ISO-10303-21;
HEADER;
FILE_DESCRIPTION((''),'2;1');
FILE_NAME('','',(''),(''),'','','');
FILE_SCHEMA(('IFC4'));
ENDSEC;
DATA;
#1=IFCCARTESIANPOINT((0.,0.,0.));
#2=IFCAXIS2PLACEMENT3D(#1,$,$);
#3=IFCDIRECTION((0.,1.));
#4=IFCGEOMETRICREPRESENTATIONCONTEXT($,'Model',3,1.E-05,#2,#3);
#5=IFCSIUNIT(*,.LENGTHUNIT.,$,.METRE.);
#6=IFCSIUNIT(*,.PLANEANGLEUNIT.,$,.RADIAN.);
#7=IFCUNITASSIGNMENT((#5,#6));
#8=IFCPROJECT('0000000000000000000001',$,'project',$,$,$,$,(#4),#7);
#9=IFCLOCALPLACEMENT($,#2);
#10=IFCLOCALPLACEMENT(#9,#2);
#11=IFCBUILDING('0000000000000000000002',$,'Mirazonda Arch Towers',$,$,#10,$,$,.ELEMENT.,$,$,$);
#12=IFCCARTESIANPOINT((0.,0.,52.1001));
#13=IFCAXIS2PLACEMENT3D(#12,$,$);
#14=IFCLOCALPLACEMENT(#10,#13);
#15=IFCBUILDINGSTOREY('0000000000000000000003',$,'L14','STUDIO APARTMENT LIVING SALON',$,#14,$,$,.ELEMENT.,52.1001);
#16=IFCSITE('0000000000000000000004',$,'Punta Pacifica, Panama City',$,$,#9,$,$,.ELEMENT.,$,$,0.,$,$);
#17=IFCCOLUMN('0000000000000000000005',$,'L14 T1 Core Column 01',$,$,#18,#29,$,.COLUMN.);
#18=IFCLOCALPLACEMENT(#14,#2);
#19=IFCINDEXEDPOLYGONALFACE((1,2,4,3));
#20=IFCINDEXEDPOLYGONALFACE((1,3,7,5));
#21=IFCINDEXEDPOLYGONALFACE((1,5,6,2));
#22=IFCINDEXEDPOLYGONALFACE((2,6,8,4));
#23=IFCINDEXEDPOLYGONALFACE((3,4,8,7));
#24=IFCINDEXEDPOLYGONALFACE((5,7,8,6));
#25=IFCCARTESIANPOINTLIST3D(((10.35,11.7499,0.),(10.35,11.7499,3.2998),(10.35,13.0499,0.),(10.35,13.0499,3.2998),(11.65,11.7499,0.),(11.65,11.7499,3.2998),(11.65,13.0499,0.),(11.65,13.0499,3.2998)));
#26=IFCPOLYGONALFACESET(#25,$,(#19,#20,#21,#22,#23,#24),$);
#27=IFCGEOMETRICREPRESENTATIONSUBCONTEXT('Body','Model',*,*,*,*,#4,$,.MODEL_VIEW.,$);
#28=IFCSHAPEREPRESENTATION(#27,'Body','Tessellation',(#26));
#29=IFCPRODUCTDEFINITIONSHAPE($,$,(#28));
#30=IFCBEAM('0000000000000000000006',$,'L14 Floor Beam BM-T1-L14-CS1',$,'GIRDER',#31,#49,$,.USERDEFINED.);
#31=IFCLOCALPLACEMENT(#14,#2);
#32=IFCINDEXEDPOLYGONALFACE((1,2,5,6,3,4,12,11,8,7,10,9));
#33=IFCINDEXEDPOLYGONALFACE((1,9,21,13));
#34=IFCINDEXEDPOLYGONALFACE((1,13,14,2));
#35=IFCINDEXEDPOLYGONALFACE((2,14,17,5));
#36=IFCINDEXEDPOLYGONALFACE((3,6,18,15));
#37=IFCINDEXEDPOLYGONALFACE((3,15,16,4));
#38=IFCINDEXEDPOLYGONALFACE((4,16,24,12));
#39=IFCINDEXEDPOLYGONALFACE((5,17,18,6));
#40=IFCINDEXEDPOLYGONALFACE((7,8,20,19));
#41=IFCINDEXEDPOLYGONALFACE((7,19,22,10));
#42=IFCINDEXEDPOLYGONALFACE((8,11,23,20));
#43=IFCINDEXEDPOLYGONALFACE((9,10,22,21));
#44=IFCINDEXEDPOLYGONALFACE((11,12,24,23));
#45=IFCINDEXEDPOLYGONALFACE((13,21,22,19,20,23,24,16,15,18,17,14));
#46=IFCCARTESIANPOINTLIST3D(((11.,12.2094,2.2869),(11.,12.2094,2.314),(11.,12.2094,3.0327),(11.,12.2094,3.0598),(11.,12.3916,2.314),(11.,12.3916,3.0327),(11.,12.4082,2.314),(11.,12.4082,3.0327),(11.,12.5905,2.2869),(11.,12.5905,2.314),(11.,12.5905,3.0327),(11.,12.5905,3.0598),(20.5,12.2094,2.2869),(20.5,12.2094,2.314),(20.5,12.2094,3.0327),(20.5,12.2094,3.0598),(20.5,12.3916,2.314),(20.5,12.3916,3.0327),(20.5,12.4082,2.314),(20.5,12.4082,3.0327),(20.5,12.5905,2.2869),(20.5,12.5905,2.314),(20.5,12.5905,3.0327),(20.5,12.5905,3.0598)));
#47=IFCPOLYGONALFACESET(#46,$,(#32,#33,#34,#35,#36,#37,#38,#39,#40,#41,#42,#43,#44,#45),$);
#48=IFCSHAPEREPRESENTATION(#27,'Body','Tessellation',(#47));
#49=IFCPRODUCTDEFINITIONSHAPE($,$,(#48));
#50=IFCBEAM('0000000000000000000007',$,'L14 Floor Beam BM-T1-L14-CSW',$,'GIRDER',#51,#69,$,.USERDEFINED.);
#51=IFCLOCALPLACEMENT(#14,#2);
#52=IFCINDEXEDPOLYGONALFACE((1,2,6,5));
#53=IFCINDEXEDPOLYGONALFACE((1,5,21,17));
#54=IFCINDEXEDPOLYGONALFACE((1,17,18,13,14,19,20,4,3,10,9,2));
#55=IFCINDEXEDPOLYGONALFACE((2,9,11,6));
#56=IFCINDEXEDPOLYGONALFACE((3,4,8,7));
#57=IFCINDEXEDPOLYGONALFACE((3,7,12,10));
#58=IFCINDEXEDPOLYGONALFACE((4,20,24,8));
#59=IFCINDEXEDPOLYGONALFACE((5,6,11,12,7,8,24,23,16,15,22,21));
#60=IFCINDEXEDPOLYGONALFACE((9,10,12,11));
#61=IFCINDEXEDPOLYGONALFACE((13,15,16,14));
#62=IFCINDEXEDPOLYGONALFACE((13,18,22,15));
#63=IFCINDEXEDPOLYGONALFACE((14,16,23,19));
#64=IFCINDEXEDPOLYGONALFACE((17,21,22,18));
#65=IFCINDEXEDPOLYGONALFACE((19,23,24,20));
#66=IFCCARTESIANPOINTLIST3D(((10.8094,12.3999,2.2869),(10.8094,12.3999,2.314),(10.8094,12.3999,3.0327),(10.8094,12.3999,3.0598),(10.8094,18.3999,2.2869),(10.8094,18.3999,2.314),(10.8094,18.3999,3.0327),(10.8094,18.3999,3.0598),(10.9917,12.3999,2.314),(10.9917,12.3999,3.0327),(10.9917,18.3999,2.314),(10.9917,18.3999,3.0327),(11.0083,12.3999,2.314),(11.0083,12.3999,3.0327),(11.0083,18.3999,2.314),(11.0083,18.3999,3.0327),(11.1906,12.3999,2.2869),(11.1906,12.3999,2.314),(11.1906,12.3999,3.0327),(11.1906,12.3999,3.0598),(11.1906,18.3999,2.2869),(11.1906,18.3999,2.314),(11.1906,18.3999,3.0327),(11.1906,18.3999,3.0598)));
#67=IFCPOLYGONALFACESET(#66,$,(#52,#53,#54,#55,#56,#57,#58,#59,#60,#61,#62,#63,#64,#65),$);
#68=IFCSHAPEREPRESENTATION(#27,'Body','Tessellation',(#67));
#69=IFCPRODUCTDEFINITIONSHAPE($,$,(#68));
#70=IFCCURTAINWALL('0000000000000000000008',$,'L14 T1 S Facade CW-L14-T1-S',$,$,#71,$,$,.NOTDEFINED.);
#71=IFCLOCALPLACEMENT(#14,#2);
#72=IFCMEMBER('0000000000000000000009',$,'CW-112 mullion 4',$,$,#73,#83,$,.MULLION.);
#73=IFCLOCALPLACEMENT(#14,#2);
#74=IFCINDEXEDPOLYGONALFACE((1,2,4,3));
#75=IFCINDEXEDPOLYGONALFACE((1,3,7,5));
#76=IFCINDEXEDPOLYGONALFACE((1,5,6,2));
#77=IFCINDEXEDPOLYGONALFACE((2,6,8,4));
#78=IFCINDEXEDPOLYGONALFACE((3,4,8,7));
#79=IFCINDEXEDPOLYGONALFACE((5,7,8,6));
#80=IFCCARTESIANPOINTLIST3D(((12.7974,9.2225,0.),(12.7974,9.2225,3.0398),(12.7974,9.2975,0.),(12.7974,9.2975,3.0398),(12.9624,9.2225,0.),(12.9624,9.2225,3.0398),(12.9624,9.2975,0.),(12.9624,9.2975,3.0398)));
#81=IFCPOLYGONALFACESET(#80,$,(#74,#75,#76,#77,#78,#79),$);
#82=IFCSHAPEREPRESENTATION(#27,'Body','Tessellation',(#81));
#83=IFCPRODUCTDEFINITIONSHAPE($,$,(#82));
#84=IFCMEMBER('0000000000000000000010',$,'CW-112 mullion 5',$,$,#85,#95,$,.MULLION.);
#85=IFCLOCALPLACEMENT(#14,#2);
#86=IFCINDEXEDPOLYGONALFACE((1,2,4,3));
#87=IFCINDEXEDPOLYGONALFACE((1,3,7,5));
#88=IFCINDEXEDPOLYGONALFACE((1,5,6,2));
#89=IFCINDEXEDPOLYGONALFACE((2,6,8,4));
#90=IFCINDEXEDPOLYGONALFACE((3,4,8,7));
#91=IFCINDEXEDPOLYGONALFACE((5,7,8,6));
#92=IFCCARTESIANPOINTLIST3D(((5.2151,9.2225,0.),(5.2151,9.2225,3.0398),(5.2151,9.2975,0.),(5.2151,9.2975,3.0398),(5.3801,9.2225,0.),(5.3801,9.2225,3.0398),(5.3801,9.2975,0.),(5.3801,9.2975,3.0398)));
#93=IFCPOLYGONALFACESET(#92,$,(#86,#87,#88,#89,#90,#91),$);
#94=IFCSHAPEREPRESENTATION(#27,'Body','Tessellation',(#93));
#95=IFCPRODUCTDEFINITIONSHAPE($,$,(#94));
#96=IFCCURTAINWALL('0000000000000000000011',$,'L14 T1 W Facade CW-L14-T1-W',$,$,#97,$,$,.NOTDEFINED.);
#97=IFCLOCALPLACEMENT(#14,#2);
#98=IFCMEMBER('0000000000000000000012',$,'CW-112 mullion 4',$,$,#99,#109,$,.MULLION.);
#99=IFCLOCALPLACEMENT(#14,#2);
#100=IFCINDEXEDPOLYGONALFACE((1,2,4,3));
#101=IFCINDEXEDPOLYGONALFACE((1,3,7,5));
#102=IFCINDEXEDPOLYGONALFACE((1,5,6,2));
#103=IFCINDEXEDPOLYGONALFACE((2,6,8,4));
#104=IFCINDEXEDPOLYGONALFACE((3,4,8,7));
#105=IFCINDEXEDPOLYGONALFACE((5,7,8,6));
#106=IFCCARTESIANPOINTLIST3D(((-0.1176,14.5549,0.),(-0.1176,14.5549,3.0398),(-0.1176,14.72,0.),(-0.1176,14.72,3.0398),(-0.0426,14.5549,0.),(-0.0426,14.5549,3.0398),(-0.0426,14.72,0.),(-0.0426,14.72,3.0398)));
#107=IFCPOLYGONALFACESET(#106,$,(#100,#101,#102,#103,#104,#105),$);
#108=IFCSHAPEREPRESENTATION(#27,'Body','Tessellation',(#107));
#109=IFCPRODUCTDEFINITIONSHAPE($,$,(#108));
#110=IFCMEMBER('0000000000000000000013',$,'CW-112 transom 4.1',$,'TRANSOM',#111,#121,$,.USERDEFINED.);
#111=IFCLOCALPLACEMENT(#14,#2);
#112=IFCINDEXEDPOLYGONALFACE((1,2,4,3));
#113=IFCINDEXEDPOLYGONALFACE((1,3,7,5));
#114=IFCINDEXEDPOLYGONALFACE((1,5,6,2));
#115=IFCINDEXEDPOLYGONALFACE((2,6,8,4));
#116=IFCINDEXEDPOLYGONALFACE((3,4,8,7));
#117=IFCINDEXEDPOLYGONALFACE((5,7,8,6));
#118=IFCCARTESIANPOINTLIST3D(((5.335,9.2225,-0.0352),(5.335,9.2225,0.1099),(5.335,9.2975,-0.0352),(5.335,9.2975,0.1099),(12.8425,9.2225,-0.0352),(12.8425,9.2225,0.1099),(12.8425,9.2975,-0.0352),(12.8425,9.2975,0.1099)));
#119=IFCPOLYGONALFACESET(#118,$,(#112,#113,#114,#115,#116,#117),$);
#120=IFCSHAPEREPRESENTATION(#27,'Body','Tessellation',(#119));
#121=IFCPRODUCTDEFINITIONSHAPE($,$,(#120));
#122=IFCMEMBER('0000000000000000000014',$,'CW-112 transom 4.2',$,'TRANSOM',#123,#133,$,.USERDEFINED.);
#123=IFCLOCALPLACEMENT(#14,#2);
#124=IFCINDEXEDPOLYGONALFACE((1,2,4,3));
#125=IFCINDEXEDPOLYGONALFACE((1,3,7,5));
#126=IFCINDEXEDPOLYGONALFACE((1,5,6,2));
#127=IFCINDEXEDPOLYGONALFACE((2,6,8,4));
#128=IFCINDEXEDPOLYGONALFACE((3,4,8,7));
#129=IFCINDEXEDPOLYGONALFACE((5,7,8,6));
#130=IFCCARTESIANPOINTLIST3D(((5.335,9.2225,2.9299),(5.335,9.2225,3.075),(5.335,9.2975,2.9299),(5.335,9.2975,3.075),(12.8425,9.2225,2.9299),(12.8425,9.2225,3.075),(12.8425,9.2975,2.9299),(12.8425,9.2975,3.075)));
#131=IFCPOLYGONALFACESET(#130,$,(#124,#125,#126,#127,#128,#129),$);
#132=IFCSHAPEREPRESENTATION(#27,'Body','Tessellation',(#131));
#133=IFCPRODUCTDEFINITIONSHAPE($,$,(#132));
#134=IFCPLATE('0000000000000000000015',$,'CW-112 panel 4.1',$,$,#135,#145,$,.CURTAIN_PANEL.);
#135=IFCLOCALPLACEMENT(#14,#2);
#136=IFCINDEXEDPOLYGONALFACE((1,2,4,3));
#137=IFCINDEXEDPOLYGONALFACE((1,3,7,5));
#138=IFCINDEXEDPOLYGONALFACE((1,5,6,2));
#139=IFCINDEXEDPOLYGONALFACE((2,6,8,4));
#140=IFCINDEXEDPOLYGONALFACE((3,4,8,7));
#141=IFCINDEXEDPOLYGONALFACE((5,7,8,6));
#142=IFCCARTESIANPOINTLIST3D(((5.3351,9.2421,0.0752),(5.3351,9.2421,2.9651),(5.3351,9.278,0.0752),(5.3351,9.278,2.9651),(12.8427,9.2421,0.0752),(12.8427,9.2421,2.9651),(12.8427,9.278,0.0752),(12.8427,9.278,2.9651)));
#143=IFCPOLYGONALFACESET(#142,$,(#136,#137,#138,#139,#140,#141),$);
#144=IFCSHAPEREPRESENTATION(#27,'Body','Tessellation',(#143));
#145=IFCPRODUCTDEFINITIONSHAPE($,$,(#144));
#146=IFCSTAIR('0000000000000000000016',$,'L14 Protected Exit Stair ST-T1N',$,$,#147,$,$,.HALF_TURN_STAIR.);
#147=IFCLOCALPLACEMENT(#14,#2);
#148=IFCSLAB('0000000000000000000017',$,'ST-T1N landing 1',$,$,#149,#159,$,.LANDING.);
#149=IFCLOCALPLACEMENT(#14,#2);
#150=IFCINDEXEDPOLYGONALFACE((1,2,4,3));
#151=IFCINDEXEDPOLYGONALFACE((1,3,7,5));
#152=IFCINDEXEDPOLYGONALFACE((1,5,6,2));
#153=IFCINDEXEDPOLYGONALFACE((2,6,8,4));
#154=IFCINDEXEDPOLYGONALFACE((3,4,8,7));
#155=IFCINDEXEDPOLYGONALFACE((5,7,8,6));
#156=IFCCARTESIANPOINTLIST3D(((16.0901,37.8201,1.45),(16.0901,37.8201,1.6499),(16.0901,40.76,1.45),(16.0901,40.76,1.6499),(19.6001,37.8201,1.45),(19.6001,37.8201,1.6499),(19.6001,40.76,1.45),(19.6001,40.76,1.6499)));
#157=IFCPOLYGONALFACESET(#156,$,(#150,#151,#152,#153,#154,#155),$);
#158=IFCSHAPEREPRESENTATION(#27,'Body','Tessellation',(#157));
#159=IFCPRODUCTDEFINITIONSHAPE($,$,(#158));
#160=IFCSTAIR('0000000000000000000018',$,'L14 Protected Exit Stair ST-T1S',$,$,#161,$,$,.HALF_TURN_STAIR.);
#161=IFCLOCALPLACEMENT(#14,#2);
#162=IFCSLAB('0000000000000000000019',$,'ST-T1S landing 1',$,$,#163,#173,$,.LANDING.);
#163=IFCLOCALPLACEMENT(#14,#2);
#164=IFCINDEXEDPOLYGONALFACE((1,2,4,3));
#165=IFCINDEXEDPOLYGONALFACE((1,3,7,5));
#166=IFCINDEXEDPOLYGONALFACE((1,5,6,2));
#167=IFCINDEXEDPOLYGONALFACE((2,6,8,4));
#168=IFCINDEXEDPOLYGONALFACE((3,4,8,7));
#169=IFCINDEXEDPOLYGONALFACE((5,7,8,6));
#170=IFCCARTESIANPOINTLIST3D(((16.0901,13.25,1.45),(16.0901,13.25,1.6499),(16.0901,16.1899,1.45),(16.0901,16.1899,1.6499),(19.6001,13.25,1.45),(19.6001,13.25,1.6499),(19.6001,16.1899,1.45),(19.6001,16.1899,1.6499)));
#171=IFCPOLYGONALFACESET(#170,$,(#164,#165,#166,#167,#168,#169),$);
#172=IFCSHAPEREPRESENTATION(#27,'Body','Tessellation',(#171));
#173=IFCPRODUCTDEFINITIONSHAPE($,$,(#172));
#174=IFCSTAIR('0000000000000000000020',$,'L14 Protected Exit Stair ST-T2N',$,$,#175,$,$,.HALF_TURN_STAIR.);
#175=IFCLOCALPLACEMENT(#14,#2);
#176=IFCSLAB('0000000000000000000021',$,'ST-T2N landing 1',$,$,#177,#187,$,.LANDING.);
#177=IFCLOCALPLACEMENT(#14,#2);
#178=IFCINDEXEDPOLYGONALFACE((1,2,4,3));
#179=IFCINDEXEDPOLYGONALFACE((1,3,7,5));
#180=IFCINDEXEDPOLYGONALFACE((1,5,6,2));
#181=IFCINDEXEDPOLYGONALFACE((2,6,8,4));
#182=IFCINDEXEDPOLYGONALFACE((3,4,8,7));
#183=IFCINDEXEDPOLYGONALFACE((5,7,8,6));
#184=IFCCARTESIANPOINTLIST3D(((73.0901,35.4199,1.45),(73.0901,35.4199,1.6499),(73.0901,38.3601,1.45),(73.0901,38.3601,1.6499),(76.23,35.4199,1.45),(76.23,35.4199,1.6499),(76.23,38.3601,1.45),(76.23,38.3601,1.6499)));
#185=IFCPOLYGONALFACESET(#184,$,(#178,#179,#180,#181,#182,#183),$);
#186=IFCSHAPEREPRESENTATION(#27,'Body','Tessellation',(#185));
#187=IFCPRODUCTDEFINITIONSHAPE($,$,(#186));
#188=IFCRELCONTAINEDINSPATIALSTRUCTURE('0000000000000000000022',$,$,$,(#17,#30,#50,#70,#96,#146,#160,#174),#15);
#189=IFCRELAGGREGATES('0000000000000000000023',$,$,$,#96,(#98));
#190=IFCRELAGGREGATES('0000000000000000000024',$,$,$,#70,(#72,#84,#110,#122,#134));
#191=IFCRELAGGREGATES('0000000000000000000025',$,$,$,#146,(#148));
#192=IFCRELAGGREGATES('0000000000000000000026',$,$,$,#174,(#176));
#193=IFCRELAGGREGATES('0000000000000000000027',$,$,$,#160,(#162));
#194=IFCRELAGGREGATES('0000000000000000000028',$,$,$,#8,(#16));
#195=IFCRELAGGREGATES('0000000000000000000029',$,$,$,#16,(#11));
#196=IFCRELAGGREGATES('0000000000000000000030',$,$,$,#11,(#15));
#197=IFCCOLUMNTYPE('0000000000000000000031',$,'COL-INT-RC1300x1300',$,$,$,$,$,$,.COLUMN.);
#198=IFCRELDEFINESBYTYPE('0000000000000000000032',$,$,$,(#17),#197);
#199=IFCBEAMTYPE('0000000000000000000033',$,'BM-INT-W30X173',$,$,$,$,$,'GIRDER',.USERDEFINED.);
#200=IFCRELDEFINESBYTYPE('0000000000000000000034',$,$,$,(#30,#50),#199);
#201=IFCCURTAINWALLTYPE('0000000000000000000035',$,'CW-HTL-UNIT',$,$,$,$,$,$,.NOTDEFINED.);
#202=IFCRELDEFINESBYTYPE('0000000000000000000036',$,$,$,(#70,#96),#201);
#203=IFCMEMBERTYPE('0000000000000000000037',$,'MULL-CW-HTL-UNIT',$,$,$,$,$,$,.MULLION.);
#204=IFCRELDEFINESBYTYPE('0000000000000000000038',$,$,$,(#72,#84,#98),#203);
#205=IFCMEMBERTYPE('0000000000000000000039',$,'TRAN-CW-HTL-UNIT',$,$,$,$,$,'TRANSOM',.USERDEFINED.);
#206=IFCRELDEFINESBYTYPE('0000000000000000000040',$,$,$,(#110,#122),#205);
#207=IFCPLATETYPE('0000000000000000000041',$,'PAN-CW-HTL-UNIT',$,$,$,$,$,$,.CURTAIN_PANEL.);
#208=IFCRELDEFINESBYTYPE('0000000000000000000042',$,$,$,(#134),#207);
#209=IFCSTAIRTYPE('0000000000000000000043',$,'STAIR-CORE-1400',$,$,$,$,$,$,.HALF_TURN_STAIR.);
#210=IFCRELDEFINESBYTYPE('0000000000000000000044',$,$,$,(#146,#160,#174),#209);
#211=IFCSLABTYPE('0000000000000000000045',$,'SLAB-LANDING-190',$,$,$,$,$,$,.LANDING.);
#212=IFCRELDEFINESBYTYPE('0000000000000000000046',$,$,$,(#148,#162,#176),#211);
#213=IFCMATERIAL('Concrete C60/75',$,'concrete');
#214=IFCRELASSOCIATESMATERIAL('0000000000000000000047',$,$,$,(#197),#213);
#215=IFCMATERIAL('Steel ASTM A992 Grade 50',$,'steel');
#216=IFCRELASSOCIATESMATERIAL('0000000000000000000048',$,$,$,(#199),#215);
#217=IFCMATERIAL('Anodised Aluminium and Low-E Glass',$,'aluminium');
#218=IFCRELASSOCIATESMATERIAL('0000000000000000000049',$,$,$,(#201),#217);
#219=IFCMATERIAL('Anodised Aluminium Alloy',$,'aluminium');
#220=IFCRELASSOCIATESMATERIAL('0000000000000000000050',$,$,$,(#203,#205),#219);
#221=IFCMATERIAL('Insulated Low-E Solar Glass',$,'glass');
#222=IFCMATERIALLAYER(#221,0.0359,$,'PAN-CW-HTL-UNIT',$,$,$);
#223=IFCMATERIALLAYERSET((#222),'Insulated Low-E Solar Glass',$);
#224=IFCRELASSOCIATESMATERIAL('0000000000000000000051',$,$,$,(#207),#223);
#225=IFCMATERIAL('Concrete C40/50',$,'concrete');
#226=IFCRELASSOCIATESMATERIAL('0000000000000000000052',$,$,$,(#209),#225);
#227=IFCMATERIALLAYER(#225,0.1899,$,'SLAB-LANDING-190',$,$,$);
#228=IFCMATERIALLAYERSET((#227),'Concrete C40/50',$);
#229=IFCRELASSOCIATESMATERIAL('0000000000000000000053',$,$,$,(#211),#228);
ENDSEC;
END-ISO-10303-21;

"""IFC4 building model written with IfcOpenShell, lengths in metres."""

from ifc_helpers import new_model, si_unit, direction, frame, origin, origin_2d, place, context, subcontext, project, spatial, polyline, rectangle, i_section, outline, extrude, material, layer, layer_set, material_profile, profile_set, type_object, element, aggregate, save


model = new_model("IFC4")

# Units and contexts
model_context = context("Model", 3, precision=1e-05, world=origin(), true_north=direction((0.0, 1.0)))
body_context = subcontext(model_context, "Body", "Model", "MODEL_VIEW")
ifc_project = project(units=[si_unit("LENGTHUNIT", "METRE"), si_unit("PLANEANGLEUNIT", "RADIAN")], contexts=[model_context])

# Site, building, storey
site_placement = place(None, origin())
site = spatial("IfcSite", under=ifc_project, at=site_placement, Name="Punta Pacifica, Panama City", CompositionType="ELEMENT", RefElevation=0.0)
building_placement = place(site_placement, origin())
building = spatial("IfcBuilding", under=site, at=building_placement, Name="Mirazonda Arch Towers", CompositionType="ELEMENT")
storey_placement = place(building_placement, frame((0.0, 0.0, 52.1001)))
storey = spatial("IfcBuildingStorey", under=building, at=storey_placement, Name="L14", Description="STUDIO APARTMENT LIVING SALON", CompositionType="ELEMENT", Elevation=52.1001)

# Column
ifc_material_1 = material(Name="Concrete C60/75", Category="concrete")
ifc_material_profile_1 = material_profile(ifc_material_1, rectangle(XDim=1.3, YDim=1.3, at=origin_2d()), Name="RC1300x1300")
ifc_profile_set_1 = profile_set([ifc_material_profile_1], Name="Concrete C60/75")
column_type = type_object("IfcColumnType", Name="COL-INT-RC1300x1300", PredefinedType="COLUMN", material=ifc_profile_set_1)
column_placement = place(storey_placement, frame((11.0, 12.3999, 0.0), z_axis=(0.0, 0.0, 1.0), x_axis=(1.0, 0.0, 0.0)))
element("IfcColumn", 1, at=column_placement, inside=storey, type_object=column_type, Name="L14 T1 Core Column 01", PredefinedType="COLUMN", context=body_context, shape_type="SweptSolid", body=[
    extrude(rectangle(XDim=1.3, YDim=1.3, at=origin_2d()), origin(), (0.0, 0.0, 1.0), 3.2998),
])

# Beams
ifc_material_2 = material(Name="Steel ASTM A992 Grade 50", Category="steel")
ifc_material_profile_2 = material_profile(ifc_material_2, i_section(OverallWidth=0.3811, OverallDepth=0.7729, WebThickness=0.0166, FlangeThickness=0.0271, at=origin_2d()), Name="W30X173")
ifc_profile_set_2 = profile_set([ifc_material_profile_2], Name="Steel ASTM A992 Grade 50")
beam_type = type_object("IfcBeamType", Name="BM-INT-W30X173", ElementType="GIRDER", PredefinedType="USERDEFINED", material=ifc_profile_set_2)
beam_1_placement = place(storey_placement, frame((11.0, 12.3999, 2.6733), z_axis=(1.0, 0.0, 0.0), x_axis=(0.0, 1.0, 0.0)))
element("IfcBeam", 2, at=beam_1_placement, inside=storey, type_object=beam_type, Name="L14 Floor Beam BM-T1-L14-CS1", ObjectType="GIRDER", PredefinedType="USERDEFINED", context=body_context, shape_type="SweptSolid", body=[
    extrude(i_section(OverallWidth=0.3811, OverallDepth=0.7729, WebThickness=0.0166, FlangeThickness=0.0271, at=origin_2d()), origin(), (0.0, 0.0, 1.0), 9.5),
])
beam_2_placement = place(storey_placement, frame((11.0, 12.3999, 2.6733), z_axis=(0.0, 1.0, 0.0), x_axis=(-1.0, 0.0, 0.0)))
element("IfcBeam", 3, at=beam_2_placement, inside=storey, type_object=beam_type, Name="L14 Floor Beam BM-T1-L14-CSW", ObjectType="GIRDER", PredefinedType="USERDEFINED", context=body_context, shape_type="SweptSolid", body=[
    extrude(i_section(OverallWidth=0.3811, OverallDepth=0.7729, WebThickness=0.0166, FlangeThickness=0.0271, at=origin_2d()), origin(), (0.0, 0.0, 1.0), 6.0),
])

# Curtain wall, members
ifc_material_3 = material(Name="Anodised Aluminium and Low-E Glass", Category="aluminium")
curtain_wall_type = type_object("IfcCurtainWallType", Name="CW-HTL-UNIT", PredefinedType="NOTDEFINED", material=ifc_material_3)
curtain_wall_1_placement = place(storey_placement, origin())
curtain_wall_1 = element("IfcCurtainWall", 4, at=curtain_wall_1_placement, inside=storey, type_object=curtain_wall_type, Name="L14 T1 S Facade CW-L14-T1-S", PredefinedType="NOTDEFINED")
ifc_material_4 = material(Name="Anodised Aluminium Alloy", Category="aluminium")
ifc_material_profile_3 = material_profile(ifc_material_4, rectangle(XDim=0.075, YDim=0.165, at=origin_2d()), Name="ALU-MULL-75x165")
ifc_profile_set_3 = profile_set([ifc_material_profile_3], Name="Anodised Aluminium Alloy")
member_type_1 = type_object("IfcMemberType", Name="MULL-CW-HTL-UNIT", PredefinedType="MULLION", material=ifc_profile_set_3)
member_1_placement = place(storey_placement, frame((12.8799, 9.26, 0.0), z_axis=(0.0, 0.0, 1.0), x_axis=(0.0, -1.0, 0.0)))
member_1 = element("IfcMember", 5, at=member_1_placement, type_object=member_type_1, Name="CW-112 mullion 4", PredefinedType="MULLION", context=body_context, shape_type="SweptSolid", body=[
    extrude(rectangle(XDim=0.075, YDim=0.165, at=origin_2d()), origin(), (0.0, 0.0, 1.0), 3.0398),
])
member_2_placement = place(storey_placement, frame((5.2976, 9.26, 0.0), z_axis=(0.0, 0.0, 1.0), x_axis=(0.0, -1.0, 0.0)))
member_2 = element("IfcMember", 6, at=member_2_placement, type_object=member_type_1, Name="CW-112 mullion 5", PredefinedType="MULLION", context=body_context, shape_type="SweptSolid", body=[
    extrude(rectangle(XDim=0.075, YDim=0.165, at=origin_2d()), origin(), (0.0, 0.0, 1.0), 3.0398),
])

# Curtain wall, member
curtain_wall_2_placement = place(storey_placement, origin())
curtain_wall_2 = element("IfcCurtainWall", 7, at=curtain_wall_2_placement, inside=storey, type_object=curtain_wall_type, Name="L14 T1 W Facade CW-L14-T1-W", PredefinedType="NOTDEFINED")
member_3_placement = place(storey_placement, frame((-0.0801, 14.6375, 0.0), z_axis=(0.0, 0.0, 1.0), x_axis=(1.0, 0.0, 0.0)))
member_3 = element("IfcMember", 8, at=member_3_placement, type_object=member_type_1, Name="CW-112 mullion 4", PredefinedType="MULLION", context=body_context, shape_type="SweptSolid", body=[
    extrude(rectangle(XDim=0.075, YDim=0.165, at=origin_2d()), origin(), (0.0, 0.0, 1.0), 3.0398),
])
aggregate(curtain_wall_2, [member_3])

# Members
ifc_material_profile_4 = material_profile(ifc_material_4, rectangle(XDim=0.075, YDim=0.145, at=origin_2d()), Name="ALU-TRAN-75x145")
ifc_profile_set_4 = profile_set([ifc_material_profile_4], Name="Anodised Aluminium Alloy")
member_type_2 = type_object("IfcMemberType", Name="TRAN-CW-HTL-UNIT", ElementType="TRANSOM", PredefinedType="USERDEFINED", material=ifc_profile_set_4)
member_4_placement = place(storey_placement, frame((12.8425, 9.26, 0.0374), z_axis=(-1.0, 0.0, 0.0), x_axis=(0.0, -1.0, 0.0)))
member_4 = element("IfcMember", 9, at=member_4_placement, type_object=member_type_2, Name="CW-112 transom 4.1", ObjectType="TRANSOM", PredefinedType="USERDEFINED", context=body_context, shape_type="SweptSolid", body=[
    extrude(rectangle(XDim=0.075, YDim=0.145, at=origin_2d()), origin(), (0.0, 0.0, 1.0), 7.5076),
])
member_5_placement = place(storey_placement, frame((12.8425, 9.26, 3.0024), z_axis=(-1.0, 0.0, 0.0), x_axis=(0.0, -1.0, 0.0)))
member_5 = element("IfcMember", 10, at=member_5_placement, type_object=member_type_2, Name="CW-112 transom 4.2", ObjectType="TRANSOM", PredefinedType="USERDEFINED", context=body_context, shape_type="SweptSolid", body=[
    extrude(rectangle(XDim=0.075, YDim=0.145, at=origin_2d()), origin(), (0.0, 0.0, 1.0), 7.5076),
])

# Plate
ifc_material_5 = material(Name="Insulated Low-E Solar Glass", Category="glass")
ifc_layer_1 = layer(ifc_material_5, 0.0359, Name="PAN-CW-HTL-UNIT")
ifc_layer_set_1 = layer_set([ifc_layer_1], Name="Insulated Low-E Solar Glass")
plate_type = type_object("IfcPlateType", Name="PAN-CW-HTL-UNIT", PredefinedType="CURTAIN_PANEL", material=ifc_layer_set_1)
plate_placement = place(storey_placement, frame((9.0889, 9.26, 0.0752), z_axis=(0.0, 0.0, 1.0), x_axis=(-1.0, 0.0, 0.0)))
plate = element("IfcPlate", 11, at=plate_placement, type_object=plate_type, Name="CW-112 panel 4.1", PredefinedType="CURTAIN_PANEL", context=body_context, shape_type="SweptSolid", body=[
    extrude(rectangle(XDim=7.5076, YDim=0.0359, at=origin_2d()), origin(), (0.0, 0.0, 1.0), 2.8899),
])
aggregate(curtain_wall_1, [member_1, member_2, member_4, member_5, plate])

# Stairs, slabs
ifc_material_6 = material(Name="Concrete C40/50", Category="concrete")
stair_type = type_object("IfcStairType", Name="STAIR-CORE-1400", PredefinedType="HALF_TURN_STAIR", material=ifc_material_6)
stair_1_placement = place(storey_placement, origin())
stair_1 = element("IfcStair", 12, at=stair_1_placement, inside=storey, type_object=stair_type, Name="L14 Protected Exit Stair ST-T1N", PredefinedType="HALF_TURN_STAIR")
ifc_layer_2 = layer(ifc_material_6, 0.1899, Name="SLAB-LANDING-190")
ifc_layer_set_2 = layer_set([ifc_layer_2], Name="Concrete C40/50")
slab_type_1 = type_object("IfcSlabType", Name="SLAB-LANDING-190", PredefinedType="LANDING", material=ifc_layer_set_2)
slab_1_placement = place(storey_placement, frame((0.0, 0.0, 1.45)))
slab_1 = element("IfcSlab", 13, at=slab_1_placement, type_object=slab_type_1, Name="ST-T1N landing 1", PredefinedType="LANDING", context=body_context, shape_type="SweptSolid", body=[
    extrude(outline(polyline([(16.0901, 37.8201), (19.6001, 37.8201), (19.6001, 40.76), (16.0901, 40.76), (16.0901, 37.8201)])), origin(), (0.0, 0.0, 1.0), 0.2),
])
aggregate(stair_1, [slab_1])
stair_2_placement = place(storey_placement, origin())
stair_2 = element("IfcStair", 14, at=stair_2_placement, inside=storey, type_object=stair_type, Name="L14 Protected Exit Stair ST-T1S", PredefinedType="HALF_TURN_STAIR")
slab_2_placement = place(storey_placement, frame((0.0, 0.0, 1.45)))
slab_2 = element("IfcSlab", 15, at=slab_2_placement, type_object=slab_type_1, Name="ST-T1S landing 1", PredefinedType="LANDING", context=body_context, shape_type="SweptSolid", body=[
    extrude(outline(polyline([(16.0901, 13.25), (19.6001, 13.25), (19.6001, 16.1899), (16.0901, 16.1899), (16.0901, 13.25)])), origin(), (0.0, 0.0, 1.0), 0.2),
])
stair_3_placement = place(storey_placement, origin())
stair_3 = element("IfcStair", 16, at=stair_3_placement, inside=storey, type_object=stair_type, Name="L14 Protected Exit Stair ST-T2N", PredefinedType="HALF_TURN_STAIR")
slab_3_placement = place(storey_placement, frame((0.0, 0.0, 1.45)))
slab_3 = element("IfcSlab", 17, at=slab_3_placement, type_object=slab_type_1, Name="ST-T2N landing 1", PredefinedType="LANDING", context=body_context, shape_type="SweptSolid", body=[
    extrude(outline(polyline([(73.0901, 35.4199), (76.23, 35.4199), (76.23, 38.3601), (73.0901, 38.3601), (73.0901, 35.4199)])), origin(), (0.0, 0.0, 1.0), 0.2),
])
aggregate(stair_3, [slab_3])

aggregate(stair_2, [slab_2])

save(model, "model.ifc")
